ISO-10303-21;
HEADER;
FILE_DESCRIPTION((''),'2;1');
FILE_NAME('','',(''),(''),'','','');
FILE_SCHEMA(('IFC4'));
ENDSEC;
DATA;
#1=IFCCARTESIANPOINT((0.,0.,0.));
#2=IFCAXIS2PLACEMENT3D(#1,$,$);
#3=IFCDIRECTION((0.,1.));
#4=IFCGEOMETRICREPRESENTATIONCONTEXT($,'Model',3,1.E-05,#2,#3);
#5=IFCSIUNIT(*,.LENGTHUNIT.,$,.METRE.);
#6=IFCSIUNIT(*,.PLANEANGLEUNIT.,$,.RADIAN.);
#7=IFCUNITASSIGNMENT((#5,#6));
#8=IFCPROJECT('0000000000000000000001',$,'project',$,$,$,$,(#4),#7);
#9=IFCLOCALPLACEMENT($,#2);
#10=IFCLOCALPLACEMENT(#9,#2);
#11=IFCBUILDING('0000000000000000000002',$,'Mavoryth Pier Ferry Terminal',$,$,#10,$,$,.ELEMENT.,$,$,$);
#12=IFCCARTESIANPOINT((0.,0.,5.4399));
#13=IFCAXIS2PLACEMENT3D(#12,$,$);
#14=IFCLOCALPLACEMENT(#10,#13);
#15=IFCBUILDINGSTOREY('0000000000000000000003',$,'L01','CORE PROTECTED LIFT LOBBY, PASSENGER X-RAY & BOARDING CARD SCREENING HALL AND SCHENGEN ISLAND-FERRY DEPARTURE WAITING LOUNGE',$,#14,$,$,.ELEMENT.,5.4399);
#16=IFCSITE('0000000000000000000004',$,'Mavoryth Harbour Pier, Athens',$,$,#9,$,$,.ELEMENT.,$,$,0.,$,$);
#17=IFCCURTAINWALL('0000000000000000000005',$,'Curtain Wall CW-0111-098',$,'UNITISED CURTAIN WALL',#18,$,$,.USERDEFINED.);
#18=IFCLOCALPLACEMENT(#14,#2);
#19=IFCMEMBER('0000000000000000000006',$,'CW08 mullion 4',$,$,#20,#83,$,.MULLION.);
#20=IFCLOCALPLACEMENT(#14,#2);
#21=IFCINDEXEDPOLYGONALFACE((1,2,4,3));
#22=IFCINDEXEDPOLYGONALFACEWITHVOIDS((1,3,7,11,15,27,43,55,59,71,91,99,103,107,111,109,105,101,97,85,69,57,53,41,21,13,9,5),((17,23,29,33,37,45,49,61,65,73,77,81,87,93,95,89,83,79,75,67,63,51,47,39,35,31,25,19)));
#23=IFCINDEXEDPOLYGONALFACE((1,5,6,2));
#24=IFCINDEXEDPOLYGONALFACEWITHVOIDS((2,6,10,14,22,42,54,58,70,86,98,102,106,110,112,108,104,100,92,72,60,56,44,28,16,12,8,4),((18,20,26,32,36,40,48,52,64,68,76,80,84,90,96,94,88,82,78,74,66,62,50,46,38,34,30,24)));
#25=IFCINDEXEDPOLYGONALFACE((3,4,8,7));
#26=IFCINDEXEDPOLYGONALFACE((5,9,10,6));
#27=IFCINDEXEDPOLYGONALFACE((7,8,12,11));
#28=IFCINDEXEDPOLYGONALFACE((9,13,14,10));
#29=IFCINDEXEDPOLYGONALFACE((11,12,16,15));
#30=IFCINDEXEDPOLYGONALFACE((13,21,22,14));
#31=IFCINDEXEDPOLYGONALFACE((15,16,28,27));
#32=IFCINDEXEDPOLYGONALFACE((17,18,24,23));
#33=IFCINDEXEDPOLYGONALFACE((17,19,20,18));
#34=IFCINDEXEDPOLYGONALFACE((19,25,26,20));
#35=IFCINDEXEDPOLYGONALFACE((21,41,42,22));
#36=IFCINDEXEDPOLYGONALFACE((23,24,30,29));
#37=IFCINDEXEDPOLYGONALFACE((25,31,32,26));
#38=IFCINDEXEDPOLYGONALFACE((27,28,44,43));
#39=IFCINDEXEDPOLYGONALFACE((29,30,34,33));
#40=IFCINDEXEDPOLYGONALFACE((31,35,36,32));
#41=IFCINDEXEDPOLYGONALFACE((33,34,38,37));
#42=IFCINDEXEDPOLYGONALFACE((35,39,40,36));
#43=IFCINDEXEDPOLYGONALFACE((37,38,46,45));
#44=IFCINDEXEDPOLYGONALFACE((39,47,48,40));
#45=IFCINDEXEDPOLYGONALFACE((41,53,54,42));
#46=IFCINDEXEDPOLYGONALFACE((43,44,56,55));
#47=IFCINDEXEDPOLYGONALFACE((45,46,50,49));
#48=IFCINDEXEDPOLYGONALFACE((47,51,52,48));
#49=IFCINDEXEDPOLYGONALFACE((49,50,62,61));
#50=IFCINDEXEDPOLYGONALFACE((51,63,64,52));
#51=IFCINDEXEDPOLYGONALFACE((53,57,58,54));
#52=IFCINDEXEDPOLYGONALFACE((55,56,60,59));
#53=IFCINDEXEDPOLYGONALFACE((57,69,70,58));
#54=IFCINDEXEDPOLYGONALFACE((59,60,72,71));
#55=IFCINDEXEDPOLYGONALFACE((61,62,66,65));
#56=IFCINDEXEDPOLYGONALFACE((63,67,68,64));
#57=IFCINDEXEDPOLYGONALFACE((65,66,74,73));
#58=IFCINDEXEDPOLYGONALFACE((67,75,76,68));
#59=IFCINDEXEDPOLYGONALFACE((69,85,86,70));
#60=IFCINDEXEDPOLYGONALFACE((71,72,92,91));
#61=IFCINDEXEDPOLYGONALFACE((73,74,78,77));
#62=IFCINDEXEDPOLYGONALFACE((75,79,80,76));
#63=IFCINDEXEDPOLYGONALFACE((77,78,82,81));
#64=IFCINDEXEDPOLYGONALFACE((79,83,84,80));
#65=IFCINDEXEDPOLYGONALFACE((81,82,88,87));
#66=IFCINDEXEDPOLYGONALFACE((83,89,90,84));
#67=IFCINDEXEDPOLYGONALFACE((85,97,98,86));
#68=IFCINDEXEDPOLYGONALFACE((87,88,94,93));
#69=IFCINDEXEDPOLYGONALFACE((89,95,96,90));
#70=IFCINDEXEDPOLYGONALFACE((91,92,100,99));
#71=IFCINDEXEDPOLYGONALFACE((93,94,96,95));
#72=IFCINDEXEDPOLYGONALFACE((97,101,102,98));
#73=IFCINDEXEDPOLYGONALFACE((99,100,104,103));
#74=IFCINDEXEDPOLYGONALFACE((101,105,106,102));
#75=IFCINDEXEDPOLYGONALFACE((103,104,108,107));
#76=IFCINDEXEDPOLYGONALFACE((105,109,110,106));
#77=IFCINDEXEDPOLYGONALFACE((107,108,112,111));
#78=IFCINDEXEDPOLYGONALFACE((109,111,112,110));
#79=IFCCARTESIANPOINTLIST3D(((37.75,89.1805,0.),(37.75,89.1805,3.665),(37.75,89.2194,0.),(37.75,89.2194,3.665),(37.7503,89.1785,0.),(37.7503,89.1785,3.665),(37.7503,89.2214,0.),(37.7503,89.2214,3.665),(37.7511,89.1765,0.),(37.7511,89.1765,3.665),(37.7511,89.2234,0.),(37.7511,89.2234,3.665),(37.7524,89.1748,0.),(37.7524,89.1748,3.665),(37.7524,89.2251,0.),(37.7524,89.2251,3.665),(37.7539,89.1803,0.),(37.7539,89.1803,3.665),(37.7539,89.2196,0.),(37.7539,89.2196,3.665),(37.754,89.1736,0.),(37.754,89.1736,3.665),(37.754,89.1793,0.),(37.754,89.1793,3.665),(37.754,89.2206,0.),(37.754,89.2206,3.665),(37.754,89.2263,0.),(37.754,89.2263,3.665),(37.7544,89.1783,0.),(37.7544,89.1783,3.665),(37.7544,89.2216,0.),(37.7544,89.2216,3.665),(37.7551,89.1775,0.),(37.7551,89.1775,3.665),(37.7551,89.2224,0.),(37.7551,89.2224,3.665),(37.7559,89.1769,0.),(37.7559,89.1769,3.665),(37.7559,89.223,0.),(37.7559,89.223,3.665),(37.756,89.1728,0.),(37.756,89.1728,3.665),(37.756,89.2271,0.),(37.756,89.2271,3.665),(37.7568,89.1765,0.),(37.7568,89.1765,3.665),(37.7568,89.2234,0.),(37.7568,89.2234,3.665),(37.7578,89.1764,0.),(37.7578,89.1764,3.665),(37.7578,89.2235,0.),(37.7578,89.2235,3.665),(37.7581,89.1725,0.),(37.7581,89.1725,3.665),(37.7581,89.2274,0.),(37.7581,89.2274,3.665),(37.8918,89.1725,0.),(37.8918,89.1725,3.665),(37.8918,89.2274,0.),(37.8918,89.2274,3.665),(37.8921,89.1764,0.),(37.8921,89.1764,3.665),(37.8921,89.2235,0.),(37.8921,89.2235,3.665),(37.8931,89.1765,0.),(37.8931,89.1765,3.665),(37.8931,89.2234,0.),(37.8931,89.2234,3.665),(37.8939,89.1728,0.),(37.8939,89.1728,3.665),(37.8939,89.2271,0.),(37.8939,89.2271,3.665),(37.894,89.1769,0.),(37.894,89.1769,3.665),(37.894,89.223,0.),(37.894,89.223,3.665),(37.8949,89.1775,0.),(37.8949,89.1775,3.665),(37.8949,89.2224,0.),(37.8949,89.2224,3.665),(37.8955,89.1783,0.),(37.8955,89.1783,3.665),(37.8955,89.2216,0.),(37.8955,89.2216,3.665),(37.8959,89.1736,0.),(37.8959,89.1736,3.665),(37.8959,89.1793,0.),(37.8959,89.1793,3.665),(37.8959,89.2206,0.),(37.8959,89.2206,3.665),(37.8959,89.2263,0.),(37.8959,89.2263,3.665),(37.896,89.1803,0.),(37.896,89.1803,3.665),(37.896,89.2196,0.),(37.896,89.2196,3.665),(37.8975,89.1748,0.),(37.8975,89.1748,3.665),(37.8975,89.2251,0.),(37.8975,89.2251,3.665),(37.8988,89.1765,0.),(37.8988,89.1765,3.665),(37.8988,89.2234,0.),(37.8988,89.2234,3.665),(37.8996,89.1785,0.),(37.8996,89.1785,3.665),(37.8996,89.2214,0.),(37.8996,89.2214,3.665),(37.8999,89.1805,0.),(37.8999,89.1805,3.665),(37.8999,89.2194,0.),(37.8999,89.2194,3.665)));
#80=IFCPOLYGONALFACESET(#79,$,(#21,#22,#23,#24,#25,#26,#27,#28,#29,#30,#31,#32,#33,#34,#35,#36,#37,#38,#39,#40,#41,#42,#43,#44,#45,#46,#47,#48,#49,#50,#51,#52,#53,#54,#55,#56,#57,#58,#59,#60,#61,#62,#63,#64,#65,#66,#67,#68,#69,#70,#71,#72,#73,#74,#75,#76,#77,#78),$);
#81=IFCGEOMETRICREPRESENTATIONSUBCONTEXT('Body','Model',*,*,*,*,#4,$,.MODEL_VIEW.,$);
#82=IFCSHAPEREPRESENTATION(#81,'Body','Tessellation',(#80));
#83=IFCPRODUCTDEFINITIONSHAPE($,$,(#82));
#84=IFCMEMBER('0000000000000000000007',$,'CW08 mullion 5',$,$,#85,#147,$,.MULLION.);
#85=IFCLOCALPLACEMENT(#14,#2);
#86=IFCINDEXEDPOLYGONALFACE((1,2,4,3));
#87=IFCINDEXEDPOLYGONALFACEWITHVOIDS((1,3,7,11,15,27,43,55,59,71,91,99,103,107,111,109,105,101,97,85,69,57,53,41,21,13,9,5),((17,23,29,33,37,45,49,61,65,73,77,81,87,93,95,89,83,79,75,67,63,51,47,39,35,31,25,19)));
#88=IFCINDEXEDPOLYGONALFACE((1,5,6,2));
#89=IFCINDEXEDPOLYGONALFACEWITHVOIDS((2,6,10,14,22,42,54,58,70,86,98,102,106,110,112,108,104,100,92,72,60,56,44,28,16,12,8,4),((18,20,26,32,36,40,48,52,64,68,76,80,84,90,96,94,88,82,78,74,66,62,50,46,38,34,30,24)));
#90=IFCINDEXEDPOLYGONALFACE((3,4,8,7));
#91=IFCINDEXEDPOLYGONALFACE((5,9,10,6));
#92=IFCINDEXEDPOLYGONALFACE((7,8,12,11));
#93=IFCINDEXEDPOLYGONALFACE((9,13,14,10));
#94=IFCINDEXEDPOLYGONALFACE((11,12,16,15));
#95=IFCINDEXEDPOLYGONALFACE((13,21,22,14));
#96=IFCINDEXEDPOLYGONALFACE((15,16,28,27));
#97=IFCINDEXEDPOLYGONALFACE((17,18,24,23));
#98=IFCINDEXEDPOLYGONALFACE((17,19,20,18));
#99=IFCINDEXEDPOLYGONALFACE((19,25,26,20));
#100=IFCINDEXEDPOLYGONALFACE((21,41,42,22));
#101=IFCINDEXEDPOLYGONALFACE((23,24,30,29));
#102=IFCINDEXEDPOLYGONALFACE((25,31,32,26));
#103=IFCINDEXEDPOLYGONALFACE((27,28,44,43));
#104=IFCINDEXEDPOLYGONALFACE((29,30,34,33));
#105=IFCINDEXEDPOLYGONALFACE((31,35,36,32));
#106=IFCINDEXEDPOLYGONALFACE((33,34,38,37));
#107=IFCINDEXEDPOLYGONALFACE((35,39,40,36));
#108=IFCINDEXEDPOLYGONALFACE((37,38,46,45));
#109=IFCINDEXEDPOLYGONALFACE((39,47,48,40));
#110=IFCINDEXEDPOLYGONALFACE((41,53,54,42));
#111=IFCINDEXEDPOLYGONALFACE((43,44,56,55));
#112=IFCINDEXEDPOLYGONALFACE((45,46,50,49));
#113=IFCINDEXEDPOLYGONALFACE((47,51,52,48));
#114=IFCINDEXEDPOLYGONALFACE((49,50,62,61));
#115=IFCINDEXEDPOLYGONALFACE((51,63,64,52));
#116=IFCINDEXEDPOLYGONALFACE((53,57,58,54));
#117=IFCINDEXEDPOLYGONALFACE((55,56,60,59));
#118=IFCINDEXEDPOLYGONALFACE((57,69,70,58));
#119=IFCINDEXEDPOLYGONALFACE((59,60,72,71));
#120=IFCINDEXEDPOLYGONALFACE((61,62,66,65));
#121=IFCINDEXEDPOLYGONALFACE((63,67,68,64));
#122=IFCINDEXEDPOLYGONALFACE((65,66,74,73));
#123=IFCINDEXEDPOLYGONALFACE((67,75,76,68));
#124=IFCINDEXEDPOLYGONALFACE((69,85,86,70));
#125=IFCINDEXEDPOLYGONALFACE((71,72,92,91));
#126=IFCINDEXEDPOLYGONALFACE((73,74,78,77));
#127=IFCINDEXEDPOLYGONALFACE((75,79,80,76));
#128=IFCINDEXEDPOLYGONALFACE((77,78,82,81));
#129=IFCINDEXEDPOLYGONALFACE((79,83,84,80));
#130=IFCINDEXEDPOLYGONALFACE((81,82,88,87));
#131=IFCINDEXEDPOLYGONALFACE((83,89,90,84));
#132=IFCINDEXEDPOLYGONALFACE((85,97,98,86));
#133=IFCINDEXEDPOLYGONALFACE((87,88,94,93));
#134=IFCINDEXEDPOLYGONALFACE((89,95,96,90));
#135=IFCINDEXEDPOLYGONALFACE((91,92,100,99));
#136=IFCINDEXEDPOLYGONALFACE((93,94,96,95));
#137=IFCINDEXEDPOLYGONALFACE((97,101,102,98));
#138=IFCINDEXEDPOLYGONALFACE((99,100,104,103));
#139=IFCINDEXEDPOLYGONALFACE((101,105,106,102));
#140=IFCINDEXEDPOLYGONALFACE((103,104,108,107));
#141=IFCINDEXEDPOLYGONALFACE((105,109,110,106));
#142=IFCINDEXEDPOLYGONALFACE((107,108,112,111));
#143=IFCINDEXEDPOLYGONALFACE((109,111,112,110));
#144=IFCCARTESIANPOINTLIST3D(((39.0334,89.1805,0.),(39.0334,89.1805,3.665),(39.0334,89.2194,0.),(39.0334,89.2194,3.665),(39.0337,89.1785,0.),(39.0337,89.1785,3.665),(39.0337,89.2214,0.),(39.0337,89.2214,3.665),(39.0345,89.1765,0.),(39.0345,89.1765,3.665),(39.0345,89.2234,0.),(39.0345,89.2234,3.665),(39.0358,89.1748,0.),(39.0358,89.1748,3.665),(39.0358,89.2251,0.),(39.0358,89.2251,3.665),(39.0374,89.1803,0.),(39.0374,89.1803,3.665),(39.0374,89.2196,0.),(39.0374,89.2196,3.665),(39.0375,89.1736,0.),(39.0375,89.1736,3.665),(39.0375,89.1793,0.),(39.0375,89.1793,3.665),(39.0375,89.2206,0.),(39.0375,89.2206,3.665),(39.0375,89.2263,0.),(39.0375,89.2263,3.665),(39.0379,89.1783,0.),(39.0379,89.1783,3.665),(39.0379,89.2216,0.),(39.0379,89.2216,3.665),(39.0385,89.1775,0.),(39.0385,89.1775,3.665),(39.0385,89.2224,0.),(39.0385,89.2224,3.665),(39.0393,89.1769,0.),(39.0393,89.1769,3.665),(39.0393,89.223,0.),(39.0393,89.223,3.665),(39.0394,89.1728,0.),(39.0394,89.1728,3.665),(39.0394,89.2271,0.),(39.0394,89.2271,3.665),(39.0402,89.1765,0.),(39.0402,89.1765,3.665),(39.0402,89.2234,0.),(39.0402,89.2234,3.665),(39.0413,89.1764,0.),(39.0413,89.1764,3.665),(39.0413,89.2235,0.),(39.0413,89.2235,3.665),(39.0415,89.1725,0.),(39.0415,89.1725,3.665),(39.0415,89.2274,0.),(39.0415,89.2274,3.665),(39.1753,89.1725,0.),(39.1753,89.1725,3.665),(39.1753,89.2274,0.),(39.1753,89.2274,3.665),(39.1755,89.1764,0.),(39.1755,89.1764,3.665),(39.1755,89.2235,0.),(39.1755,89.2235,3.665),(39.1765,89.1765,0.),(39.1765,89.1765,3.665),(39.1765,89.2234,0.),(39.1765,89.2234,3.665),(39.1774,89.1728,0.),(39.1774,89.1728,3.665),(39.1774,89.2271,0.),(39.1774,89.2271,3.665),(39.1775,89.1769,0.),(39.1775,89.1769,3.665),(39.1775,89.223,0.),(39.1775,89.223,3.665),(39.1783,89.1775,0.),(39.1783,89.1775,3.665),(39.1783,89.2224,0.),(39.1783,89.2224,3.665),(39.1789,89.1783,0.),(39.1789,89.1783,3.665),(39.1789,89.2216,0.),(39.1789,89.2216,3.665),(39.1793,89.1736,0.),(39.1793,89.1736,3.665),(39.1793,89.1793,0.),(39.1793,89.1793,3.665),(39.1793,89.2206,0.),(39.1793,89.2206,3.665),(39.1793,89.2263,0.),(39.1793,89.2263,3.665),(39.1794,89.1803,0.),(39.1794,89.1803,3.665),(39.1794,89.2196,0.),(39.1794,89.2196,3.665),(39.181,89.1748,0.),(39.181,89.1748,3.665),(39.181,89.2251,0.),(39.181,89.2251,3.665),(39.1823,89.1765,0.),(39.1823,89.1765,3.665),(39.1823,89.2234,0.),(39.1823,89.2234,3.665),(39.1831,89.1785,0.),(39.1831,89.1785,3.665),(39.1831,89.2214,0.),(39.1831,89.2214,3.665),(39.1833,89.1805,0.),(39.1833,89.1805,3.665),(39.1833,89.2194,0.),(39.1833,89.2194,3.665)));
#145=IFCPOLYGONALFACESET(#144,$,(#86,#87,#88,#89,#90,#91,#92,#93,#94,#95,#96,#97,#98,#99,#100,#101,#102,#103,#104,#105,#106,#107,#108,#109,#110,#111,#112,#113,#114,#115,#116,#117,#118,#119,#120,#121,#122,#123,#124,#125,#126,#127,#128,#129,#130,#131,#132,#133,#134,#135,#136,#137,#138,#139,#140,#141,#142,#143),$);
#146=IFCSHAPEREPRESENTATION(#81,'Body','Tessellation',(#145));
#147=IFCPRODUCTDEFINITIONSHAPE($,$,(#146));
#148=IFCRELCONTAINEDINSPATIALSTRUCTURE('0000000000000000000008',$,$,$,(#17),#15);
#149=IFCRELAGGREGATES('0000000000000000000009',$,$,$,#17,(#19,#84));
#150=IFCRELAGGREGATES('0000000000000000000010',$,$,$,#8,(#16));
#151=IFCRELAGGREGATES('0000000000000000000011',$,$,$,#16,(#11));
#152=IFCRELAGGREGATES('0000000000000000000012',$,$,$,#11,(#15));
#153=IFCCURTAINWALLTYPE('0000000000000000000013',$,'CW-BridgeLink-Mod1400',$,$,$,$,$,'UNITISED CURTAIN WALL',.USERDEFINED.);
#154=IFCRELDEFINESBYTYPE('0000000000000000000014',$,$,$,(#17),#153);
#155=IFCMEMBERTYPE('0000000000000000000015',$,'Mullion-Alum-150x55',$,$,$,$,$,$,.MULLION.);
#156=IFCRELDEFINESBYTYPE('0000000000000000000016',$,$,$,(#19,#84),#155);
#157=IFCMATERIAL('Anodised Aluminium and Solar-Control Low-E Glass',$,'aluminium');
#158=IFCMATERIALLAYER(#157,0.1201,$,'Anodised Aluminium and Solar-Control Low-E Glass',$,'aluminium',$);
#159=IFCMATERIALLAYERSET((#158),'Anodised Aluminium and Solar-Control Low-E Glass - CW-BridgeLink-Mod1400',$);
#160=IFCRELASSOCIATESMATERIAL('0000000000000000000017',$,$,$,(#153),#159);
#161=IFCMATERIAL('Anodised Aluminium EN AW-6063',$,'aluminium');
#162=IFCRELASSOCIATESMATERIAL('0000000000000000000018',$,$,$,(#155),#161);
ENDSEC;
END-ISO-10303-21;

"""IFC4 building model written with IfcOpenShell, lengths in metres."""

from ifc_helpers import new_model, si_unit, direction, frame, origin, origin_2d, place, context, subcontext, project, spatial, hollow_rectangle, extrude, material, layer, layer_set, material_profile, profile_set, type_object, element, aggregate, save


model = new_model("IFC4")

# Units and contexts
model_context = context("Model", 3, precision=1e-05, world=origin(), true_north=direction((0.0, 1.0)))
body_context = subcontext(model_context, "Body", "Model", "MODEL_VIEW")
ifc_project = project(units=[si_unit("LENGTHUNIT", "METRE"), si_unit("PLANEANGLEUNIT", "RADIAN")], contexts=[model_context])

# Site, building, storey
site_placement = place(None, origin())
site = spatial("IfcSite", under=ifc_project, at=site_placement, Name="Mavoryth Harbour Pier, Athens", CompositionType="ELEMENT", RefElevation=0.0)
building_placement = place(site_placement, origin())
building = spatial("IfcBuilding", under=site, at=building_placement, Name="Mavoryth Pier Ferry Terminal", CompositionType="ELEMENT")
storey_placement = place(building_placement, frame((0.0, 0.0, 5.4399)))
storey = spatial("IfcBuildingStorey", under=building, at=storey_placement, Name="L01", Description="CORE PROTECTED LIFT LOBBY, PASSENGER X-RAY & BOARDING CARD SCREENING HALL AND SCHENGEN ISLAND-FERRY DEPARTURE WAITING LOUNGE", CompositionType="ELEMENT", Elevation=5.4399)

# Curtain wall, members
ifc_material_1 = material(Name="Anodised Aluminium and Solar-Control Low-E Glass", Category="aluminium")
ifc_layer_1 = layer(ifc_material_1, 0.1201, Name="Anodised Aluminium and Solar-Control Low-E Glass", Category="aluminium")
ifc_layer_set_1 = layer_set([ifc_layer_1], Name="Anodised Aluminium and Solar-Control Low-E Glass - CW-BridgeLink-Mod1400")
curtain_wall_type = type_object("IfcCurtainWallType", Name="CW-BridgeLink-Mod1400", ElementType="UNITISED CURTAIN WALL", PredefinedType="USERDEFINED", material=ifc_layer_set_1)
curtain_wall_placement = place(storey_placement, origin())
curtain_wall = element("IfcCurtainWall", 1, at=curtain_wall_placement, inside=storey, type_object=curtain_wall_type, Name="Curtain Wall CW-0111-098", ObjectType="UNITISED CURTAIN WALL", PredefinedType="USERDEFINED")
ifc_material_2 = material(Name="Anodised Aluminium EN AW-6063", Category="aluminium")
ifc_material_profile_1 = material_profile(ifc_material_2, hollow_rectangle(XDim=0.0549, YDim=0.1499, WallThickness=0.0039, InnerFilletRadius=0.0039, OuterFilletRadius=0.0081, at=origin_2d()), Name="AL-MULL 150x55x4", Category="aluminium")
ifc_profile_set_1 = profile_set([ifc_material_profile_1], Name="Anodised Aluminium EN AW-6063 - AL-MULL 150x55x4")
member_type_1 = type_object("IfcMemberType", Name="Mullion-Alum-150x55", PredefinedType="MULLION", material=ifc_profile_set_1)
member_1_placement = place(storey_placement, frame((37.825, 89.2, 0.0), z_axis=(0.0, 0.0, 1.0), x_axis=(0.0, 1.0, 0.0)))
member_1 = element("IfcMember", 2, at=member_1_placement, type_object=member_type_1, Name="CW08 mullion 4", PredefinedType="MULLION", context=body_context, shape_type="SweptSolid", body=[
    extrude(hollow_rectangle(XDim=0.0549, YDim=0.1499, WallThickness=0.0039, InnerFilletRadius=0.0039, OuterFilletRadius=0.0081, at=origin_2d()), origin(), (0.0, 0.0, 1.0), 3.665),
])
member_2_placement = place(storey_placement, frame((39.1084, 89.2, 0.0), z_axis=(0.0, 0.0, 1.0), x_axis=(0.0, 1.0, 0.0)))
member_2 = element("IfcMember", 3, at=member_2_placement, type_object=member_type_1, Name="CW08 mullion 5", PredefinedType="MULLION", context=body_context, shape_type="SweptSolid", body=[
    extrude(hollow_rectangle(XDim=0.0549, YDim=0.1499, WallThickness=0.0039, InnerFilletRadius=0.0039, OuterFilletRadius=0.0081, at=origin_2d()), origin(), (0.0, 0.0, 1.0), 3.665),
])
aggregate(curtain_wall, [member_1, member_2])

save(model, "model.ifc")
